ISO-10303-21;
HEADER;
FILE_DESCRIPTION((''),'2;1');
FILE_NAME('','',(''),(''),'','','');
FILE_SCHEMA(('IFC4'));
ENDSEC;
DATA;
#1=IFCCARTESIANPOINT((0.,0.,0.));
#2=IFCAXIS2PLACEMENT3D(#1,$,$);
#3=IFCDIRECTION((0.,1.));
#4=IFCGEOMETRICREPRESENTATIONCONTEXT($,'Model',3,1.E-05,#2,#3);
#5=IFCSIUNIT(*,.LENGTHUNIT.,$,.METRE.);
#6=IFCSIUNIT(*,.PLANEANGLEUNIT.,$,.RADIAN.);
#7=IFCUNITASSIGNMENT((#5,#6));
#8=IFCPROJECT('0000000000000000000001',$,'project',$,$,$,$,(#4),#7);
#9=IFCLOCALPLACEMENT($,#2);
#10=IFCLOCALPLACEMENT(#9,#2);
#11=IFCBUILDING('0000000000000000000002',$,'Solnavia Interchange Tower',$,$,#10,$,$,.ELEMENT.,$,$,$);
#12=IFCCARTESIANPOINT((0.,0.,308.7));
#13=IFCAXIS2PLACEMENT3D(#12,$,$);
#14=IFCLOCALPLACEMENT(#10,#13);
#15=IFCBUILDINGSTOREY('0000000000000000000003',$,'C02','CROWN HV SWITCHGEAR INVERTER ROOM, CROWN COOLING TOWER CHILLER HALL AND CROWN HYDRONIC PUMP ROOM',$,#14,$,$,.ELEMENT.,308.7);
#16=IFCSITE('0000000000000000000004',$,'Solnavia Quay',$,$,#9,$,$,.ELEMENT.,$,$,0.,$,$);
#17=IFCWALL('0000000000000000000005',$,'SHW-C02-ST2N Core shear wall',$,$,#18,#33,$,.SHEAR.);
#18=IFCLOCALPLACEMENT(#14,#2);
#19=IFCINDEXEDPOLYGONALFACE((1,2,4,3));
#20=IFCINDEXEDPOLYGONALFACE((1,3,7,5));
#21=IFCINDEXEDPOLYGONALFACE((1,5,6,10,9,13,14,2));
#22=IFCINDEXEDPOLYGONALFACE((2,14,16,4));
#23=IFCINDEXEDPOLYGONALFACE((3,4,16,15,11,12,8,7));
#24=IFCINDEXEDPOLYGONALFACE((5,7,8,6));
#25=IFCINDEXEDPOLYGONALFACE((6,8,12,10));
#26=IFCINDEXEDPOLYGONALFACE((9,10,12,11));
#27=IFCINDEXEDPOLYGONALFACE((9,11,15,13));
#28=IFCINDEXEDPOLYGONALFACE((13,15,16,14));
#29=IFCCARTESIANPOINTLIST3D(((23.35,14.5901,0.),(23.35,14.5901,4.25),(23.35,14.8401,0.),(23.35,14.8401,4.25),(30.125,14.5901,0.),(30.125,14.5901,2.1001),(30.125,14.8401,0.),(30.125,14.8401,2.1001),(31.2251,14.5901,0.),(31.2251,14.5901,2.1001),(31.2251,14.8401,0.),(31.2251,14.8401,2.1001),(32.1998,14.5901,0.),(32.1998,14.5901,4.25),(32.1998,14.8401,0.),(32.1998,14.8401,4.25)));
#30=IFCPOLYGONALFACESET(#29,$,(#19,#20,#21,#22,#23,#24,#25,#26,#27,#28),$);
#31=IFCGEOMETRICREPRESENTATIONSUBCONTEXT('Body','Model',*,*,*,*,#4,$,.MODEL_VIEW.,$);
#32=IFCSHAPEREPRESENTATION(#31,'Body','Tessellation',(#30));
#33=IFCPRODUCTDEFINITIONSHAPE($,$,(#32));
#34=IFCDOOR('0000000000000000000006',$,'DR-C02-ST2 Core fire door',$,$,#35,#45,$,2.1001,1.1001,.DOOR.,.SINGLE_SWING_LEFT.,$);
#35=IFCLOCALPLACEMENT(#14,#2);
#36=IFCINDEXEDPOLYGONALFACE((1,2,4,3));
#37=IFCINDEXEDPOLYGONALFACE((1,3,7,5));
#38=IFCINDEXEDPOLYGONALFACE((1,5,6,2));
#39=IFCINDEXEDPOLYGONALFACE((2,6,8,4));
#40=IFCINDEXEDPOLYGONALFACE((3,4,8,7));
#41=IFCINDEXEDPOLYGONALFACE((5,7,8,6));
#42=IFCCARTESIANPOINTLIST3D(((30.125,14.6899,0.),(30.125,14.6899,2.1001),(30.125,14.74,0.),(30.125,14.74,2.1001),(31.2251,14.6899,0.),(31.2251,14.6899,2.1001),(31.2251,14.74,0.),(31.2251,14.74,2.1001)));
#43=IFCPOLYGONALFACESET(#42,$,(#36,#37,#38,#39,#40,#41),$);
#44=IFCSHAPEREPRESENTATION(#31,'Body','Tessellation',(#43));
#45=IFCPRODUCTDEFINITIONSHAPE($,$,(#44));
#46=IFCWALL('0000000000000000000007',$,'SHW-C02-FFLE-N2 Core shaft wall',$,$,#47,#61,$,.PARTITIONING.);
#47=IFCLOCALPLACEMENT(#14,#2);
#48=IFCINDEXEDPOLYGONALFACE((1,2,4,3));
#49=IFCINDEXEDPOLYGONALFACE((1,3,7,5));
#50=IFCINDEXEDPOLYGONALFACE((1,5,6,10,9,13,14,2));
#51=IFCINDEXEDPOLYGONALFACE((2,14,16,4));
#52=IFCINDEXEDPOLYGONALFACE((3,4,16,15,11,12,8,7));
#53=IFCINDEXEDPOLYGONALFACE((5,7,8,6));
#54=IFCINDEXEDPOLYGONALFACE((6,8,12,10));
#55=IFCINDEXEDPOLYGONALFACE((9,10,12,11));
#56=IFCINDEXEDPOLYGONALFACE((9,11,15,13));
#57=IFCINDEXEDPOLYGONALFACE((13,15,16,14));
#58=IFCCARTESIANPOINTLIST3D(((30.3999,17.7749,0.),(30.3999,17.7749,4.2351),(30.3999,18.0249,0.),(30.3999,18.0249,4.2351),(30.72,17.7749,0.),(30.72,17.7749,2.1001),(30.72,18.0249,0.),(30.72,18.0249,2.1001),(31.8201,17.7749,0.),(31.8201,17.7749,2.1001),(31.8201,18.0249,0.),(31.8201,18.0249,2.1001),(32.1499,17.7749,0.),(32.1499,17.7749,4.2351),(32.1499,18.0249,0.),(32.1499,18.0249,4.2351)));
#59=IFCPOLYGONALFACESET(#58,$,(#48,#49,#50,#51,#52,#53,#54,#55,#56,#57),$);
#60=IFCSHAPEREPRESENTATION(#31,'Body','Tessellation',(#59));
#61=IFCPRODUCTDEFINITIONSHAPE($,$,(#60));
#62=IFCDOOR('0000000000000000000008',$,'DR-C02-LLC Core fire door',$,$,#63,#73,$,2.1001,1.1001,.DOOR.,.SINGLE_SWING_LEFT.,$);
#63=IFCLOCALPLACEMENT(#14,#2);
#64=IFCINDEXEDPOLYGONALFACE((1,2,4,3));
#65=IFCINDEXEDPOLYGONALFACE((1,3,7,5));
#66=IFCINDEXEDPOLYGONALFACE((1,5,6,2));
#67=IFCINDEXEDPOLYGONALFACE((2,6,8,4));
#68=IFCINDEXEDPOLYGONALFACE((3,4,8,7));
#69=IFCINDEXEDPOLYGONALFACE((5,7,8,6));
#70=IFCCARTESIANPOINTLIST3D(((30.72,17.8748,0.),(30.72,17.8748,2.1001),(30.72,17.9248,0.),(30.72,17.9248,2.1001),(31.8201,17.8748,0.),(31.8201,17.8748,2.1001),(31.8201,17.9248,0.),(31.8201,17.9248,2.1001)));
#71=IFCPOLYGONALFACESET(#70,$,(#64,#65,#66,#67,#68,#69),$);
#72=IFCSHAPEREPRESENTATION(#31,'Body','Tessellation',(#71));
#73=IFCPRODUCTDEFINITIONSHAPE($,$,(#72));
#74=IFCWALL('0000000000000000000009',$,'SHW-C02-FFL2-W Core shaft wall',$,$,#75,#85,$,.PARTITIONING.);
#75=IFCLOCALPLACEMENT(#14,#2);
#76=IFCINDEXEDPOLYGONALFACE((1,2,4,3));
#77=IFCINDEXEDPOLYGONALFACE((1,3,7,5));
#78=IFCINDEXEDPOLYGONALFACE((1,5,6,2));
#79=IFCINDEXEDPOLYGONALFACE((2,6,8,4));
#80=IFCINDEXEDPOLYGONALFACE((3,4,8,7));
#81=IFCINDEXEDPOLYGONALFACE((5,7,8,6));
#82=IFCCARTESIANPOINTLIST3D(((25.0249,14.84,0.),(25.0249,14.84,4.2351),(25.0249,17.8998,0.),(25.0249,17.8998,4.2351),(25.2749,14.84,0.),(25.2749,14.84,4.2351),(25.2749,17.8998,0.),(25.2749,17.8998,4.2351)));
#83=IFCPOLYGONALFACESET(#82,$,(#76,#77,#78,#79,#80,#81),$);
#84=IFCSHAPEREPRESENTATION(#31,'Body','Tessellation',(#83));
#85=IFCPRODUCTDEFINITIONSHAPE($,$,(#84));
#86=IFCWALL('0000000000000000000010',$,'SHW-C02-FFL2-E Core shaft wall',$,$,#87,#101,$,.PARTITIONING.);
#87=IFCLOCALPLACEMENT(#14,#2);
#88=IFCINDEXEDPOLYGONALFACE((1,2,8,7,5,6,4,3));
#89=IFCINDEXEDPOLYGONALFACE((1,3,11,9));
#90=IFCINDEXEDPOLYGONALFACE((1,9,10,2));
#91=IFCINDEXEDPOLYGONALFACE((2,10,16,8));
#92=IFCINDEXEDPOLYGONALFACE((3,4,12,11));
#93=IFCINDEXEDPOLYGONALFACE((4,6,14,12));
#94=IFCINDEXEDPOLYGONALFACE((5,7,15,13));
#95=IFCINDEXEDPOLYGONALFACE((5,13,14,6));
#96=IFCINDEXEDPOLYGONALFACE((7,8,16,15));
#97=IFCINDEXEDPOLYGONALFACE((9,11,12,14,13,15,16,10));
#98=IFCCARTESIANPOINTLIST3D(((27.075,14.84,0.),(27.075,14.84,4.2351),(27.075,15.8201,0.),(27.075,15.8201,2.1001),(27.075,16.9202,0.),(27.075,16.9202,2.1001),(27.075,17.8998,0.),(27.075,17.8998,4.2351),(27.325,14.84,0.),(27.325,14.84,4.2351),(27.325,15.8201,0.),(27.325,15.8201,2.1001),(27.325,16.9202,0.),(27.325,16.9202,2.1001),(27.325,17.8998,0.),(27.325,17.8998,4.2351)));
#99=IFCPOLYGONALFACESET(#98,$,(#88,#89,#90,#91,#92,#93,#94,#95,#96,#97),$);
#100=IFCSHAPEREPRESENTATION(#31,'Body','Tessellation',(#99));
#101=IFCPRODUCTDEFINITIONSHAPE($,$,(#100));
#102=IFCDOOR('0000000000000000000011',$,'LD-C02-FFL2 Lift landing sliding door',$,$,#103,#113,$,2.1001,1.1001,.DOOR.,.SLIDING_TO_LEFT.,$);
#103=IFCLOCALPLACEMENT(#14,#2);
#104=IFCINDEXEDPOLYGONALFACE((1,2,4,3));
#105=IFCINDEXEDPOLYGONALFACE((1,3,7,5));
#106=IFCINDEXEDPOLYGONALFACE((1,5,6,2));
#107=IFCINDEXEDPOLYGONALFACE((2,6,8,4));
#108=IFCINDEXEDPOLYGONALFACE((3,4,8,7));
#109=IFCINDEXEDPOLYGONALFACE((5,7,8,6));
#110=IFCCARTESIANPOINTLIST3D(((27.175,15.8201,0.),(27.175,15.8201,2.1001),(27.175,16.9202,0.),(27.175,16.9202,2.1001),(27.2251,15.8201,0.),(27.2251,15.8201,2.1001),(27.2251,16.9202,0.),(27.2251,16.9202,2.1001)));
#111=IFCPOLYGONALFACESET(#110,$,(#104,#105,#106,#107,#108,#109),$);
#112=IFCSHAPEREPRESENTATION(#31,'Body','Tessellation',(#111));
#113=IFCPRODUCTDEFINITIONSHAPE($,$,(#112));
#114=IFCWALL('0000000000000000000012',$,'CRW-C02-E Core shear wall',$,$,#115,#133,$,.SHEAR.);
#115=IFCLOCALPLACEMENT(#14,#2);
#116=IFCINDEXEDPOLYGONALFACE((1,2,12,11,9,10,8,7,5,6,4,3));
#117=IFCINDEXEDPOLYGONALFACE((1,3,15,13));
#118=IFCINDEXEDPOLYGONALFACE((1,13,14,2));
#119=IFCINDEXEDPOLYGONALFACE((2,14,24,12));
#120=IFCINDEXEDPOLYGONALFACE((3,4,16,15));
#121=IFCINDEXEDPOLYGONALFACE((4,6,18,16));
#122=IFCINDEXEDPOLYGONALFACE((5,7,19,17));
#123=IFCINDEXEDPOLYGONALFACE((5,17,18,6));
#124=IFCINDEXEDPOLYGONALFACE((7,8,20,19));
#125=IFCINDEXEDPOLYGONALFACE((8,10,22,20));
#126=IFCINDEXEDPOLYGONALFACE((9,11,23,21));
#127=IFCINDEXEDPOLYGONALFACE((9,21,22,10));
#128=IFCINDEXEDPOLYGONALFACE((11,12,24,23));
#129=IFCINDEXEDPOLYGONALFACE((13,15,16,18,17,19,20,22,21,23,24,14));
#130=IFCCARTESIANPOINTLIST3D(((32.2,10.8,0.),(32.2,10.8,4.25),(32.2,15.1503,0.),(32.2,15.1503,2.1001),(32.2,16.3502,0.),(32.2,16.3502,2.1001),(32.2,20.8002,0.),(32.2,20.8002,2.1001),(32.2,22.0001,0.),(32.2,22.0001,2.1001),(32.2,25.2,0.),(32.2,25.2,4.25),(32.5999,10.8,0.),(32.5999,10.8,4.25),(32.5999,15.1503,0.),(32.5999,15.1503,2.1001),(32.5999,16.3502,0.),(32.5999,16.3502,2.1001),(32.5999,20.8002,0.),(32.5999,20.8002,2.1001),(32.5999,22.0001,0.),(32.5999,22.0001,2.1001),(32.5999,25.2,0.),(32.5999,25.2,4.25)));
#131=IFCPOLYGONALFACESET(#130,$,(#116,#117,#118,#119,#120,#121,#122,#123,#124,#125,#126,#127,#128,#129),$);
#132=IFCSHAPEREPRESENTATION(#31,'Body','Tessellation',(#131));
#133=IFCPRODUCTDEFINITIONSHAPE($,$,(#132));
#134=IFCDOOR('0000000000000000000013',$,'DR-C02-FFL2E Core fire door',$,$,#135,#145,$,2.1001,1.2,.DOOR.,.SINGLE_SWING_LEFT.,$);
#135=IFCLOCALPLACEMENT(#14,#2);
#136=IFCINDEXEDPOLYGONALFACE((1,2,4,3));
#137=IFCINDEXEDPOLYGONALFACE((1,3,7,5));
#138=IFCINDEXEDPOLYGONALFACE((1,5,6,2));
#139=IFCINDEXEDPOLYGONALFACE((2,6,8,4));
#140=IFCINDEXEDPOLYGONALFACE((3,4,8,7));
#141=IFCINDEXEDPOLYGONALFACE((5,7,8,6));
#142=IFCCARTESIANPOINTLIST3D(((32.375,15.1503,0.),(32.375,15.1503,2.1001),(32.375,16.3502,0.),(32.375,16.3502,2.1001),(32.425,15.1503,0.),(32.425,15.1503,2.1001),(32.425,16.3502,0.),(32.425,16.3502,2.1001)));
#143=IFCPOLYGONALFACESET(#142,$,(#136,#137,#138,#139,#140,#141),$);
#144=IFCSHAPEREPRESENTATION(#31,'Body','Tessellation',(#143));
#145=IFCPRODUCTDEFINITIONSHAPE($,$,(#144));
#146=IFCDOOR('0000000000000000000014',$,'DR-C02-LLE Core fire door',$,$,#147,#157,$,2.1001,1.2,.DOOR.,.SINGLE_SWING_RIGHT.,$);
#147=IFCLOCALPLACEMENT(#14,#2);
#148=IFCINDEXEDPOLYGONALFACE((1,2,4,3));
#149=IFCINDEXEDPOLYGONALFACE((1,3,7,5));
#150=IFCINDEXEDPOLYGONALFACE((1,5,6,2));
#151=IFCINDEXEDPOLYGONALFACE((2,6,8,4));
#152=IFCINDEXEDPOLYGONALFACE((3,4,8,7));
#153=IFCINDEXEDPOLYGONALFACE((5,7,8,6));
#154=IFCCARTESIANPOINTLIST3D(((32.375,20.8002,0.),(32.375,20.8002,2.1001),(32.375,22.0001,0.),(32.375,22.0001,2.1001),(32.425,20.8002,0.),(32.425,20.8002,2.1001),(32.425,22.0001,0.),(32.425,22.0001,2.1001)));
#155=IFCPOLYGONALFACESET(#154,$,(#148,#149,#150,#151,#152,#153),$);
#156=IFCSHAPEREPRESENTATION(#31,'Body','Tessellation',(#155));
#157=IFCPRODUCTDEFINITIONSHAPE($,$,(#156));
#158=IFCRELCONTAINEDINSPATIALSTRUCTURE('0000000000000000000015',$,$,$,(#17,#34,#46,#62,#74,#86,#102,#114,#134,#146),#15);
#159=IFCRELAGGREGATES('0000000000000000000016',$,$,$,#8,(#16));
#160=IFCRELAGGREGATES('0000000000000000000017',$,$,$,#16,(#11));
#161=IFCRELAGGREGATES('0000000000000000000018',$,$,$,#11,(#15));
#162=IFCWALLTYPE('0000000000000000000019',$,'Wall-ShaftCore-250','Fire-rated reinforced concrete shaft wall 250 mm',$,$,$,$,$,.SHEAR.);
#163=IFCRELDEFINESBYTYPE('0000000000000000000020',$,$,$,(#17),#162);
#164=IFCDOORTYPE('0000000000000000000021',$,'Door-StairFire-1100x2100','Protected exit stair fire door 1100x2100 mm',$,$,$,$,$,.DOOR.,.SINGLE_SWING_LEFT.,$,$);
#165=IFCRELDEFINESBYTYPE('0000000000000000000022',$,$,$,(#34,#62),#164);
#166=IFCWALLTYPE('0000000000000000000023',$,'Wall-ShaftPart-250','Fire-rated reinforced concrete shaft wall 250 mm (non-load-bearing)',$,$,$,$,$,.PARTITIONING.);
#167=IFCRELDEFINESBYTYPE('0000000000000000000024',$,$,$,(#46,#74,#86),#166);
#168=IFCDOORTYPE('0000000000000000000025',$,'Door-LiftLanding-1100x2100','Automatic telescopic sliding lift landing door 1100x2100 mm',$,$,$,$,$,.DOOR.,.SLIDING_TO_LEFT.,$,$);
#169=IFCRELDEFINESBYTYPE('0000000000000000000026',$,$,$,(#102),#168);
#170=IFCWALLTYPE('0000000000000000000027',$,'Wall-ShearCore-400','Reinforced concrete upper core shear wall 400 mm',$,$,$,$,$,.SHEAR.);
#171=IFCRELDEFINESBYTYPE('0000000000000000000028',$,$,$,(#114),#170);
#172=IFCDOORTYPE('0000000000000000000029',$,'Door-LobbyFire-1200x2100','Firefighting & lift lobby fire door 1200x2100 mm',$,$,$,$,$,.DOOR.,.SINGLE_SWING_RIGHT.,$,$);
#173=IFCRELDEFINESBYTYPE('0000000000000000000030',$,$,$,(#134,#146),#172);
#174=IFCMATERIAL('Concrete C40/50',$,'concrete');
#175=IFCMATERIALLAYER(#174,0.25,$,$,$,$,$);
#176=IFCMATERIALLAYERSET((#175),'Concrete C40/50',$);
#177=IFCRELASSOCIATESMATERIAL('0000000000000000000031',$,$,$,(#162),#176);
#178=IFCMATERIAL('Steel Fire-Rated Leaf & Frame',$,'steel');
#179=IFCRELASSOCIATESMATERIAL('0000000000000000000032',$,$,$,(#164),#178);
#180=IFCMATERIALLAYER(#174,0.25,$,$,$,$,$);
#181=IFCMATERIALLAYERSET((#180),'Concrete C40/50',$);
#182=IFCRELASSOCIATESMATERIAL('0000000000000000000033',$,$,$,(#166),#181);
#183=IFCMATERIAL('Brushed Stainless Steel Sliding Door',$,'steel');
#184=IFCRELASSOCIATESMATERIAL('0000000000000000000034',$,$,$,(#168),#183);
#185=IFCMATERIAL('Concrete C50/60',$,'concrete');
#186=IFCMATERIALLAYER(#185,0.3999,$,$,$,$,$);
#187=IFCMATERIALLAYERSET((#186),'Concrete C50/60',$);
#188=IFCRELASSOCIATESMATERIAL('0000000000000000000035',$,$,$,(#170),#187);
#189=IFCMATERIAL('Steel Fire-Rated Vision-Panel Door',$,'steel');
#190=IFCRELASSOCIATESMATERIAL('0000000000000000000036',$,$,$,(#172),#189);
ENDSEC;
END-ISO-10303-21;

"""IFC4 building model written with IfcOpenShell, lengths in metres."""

from ifc_helpers import new_model, si_unit, direction, frame, frame_2d, origin, place, context, subcontext, project, spatial, rectangle, extrude, material, layer, layer_set, type_object, element, fill, save


model = new_model("IFC4")

# Units and contexts
model_context = context("Model", 3, precision=1e-05, world=origin(), true_north=direction((0.0, 1.0)))
body_context = subcontext(model_context, "Body", "Model", "MODEL_VIEW")
ifc_project = project(units=[si_unit("LENGTHUNIT", "METRE"), si_unit("PLANEANGLEUNIT", "RADIAN")], contexts=[model_context])

# Site, building, storey
site_placement = place(None, origin())
site = spatial("IfcSite", under=ifc_project, at=site_placement, Name="Solnavia Quay", CompositionType="ELEMENT", RefElevation=0.0)
building_placement = place(site_placement, origin())
building = spatial("IfcBuilding", under=site, at=building_placement, Name="Solnavia Interchange Tower", CompositionType="ELEMENT")
storey_placement = place(building_placement, frame((0.0, 0.0, 308.7)))
storey = spatial("IfcBuildingStorey", under=building, at=storey_placement, Name="C02", Description="CROWN HV SWITCHGEAR INVERTER ROOM, CROWN COOLING TOWER CHILLER HALL AND CROWN HYDRONIC PUMP ROOM", CompositionType="ELEMENT", Elevation=308.7)

# Shared definitions
ifc_material_1 = material(Name="Concrete C40/50", Category="concrete")

# Shared definitions
ifc_layer_1 = layer(ifc_material_1, 0.25)
ifc_layer_set_1 = layer_set([ifc_layer_1], Name="Concrete C40/50")
wall_type_1 = type_object("IfcWallType", Name="Wall-ShaftCore-250", Description="Fire-rated reinforced concrete shaft wall 250 mm", PredefinedType="SHEAR", material=ifc_layer_set_1)

# Walls, openings, doors
wall_1_placement = place(storey_placement, frame((23.3501, 14.7151, 0.0), z_axis=(0.0, 0.0, 1.0), x_axis=(1.0, 0.0, 0.0)))
wall_1 = element("IfcWall", 1, at=wall_1_placement, inside=storey, type_object=wall_type_1, Name="SHW-C02-ST2N Core shear wall", PredefinedType="SHEAR", context=body_context, shape_type="SweptSolid", body=[
    extrude(rectangle(XDim=8.8499, YDim=0.25, at=frame_2d((4.4248, 0.0))), origin(), (0.0, 0.0, 1.0), 4.25),
])
opening_1_placement = place(wall_1_placement, frame((6.7749, 0.0, 0.0)))
opening_1 = element("IfcOpeningElement", 2, at=opening_1_placement, cuts=wall_1, PredefinedType="OPENING", context=body_context, shape_type="SweptSolid", body=[
    extrude(rectangle(XDim=1.1001, YDim=2.1001, at=frame_2d((0.55, 1.05))), frame((0.0, 0.135, 0.0), z_axis=(0.0, -1.0, 0.0), x_axis=(1.0, 0.0, 0.0)), (0.0, 0.0, 1.0), 0.27),
])
ifc_material_2 = material(Name="Steel Fire-Rated Leaf & Frame", Category="steel")
door_type_1 = type_object("IfcDoorType", Name="Door-StairFire-1100x2100", Description="Protected exit stair fire door 1100x2100 mm", OperationType="SINGLE_SWING_LEFT", PredefinedType="DOOR", material=ifc_material_2)
door_1_placement = place(opening_1_placement, origin())
door_1 = element("IfcDoor", 3, at=door_1_placement, inside=storey, type_object=door_type_1, Name="DR-C02-ST2 Core fire door", OperationType="SINGLE_SWING_LEFT", OverallHeight=2.1001, OverallWidth=1.1001, PredefinedType="DOOR", context=body_context, shape_type="SweptSolid", body=[
    extrude(rectangle(XDim=1.1001, YDim=2.1001, at=frame_2d((0.55, 1.05))), frame((0.0, 0.0249, 0.0), z_axis=(0.0, -1.0, 0.0), x_axis=(1.0, 0.0, 0.0)), (0.0, 0.0, 1.0), 0.05),
])
fill(opening_1, door_1)
ifc_layer_2 = layer(ifc_material_1, 0.25)
ifc_layer_set_2 = layer_set([ifc_layer_2], Name="Concrete C40/50")
wall_type_2 = type_object("IfcWallType", Name="Wall-ShaftPart-250", Description="Fire-rated reinforced concrete shaft wall 250 mm (non-load-bearing)", PredefinedType="PARTITIONING", material=ifc_layer_set_2)
wall_2_placement = place(storey_placement, frame((30.3999, 17.8999, 0.0), z_axis=(0.0, 0.0, 1.0), x_axis=(1.0, 0.0, 0.0)))
wall_2 = element("IfcWall", 4, at=wall_2_placement, inside=storey, type_object=wall_type_2, Name="SHW-C02-FFLE-N2 Core shaft wall", PredefinedType="PARTITIONING", context=body_context, shape_type="SweptSolid", body=[
    extrude(rectangle(XDim=1.75, YDim=0.25, at=frame_2d((0.875, 0.0))), origin(), (0.0, 0.0, 1.0), 4.2351),
])
opening_2_placement = place(wall_2_placement, frame((0.3201, 0.0, 0.0)))
opening_2 = element("IfcOpeningElement", 5, at=opening_2_placement, cuts=wall_2, PredefinedType="OPENING", context=body_context, shape_type="SweptSolid", body=[
    extrude(rectangle(XDim=1.1001, YDim=2.1001, at=frame_2d((0.55, 1.05))), frame((0.0, 0.135, 0.0), z_axis=(0.0, -1.0, 0.0), x_axis=(1.0, 0.0, 0.0)), (0.0, 0.0, 1.0), 0.27),
])
door_2_placement = place(opening_2_placement, origin())
door_2 = element("IfcDoor", 6, at=door_2_placement, inside=storey, type_object=door_type_1, Name="DR-C02-LLC Core fire door", OperationType="SINGLE_SWING_LEFT", OverallHeight=2.1001, OverallWidth=1.1001, PredefinedType="DOOR", context=body_context, shape_type="SweptSolid", body=[
    extrude(rectangle(XDim=1.1001, YDim=2.1001, at=frame_2d((0.55, 1.05))), frame((0.0, 0.0249, 0.0), z_axis=(0.0, -1.0, 0.0), x_axis=(1.0, 0.0, 0.0)), (0.0, 0.0, 1.0), 0.05),
])
fill(opening_2, door_2)

# Wall
wall_3_placement = place(storey_placement, frame((25.1499, 14.8401, 0.0), z_axis=(0.0, 0.0, 1.0), x_axis=(0.0, 1.0, 0.0)))
element("IfcWall", 7, at=wall_3_placement, inside=storey, type_object=wall_type_2, Name="SHW-C02-FFL2-W Core shaft wall", PredefinedType="PARTITIONING", context=body_context, shape_type="SweptSolid", body=[
    extrude(rectangle(XDim=3.0598, YDim=0.25, at=frame_2d((1.5298, 0.0))), origin(), (0.0, 0.0, 1.0), 4.2351),
])

# Wall, opening, door
wall_4_placement = place(storey_placement, frame((27.2, 14.8401, 0.0), z_axis=(0.0, 0.0, 1.0), x_axis=(0.0, 1.0, 0.0)))
wall_4 = element("IfcWall", 8, at=wall_4_placement, inside=storey, type_object=wall_type_2, Name="SHW-C02-FFL2-E Core shaft wall", PredefinedType="PARTITIONING", context=body_context, shape_type="SweptSolid", body=[
    extrude(rectangle(XDim=3.0598, YDim=0.25, at=frame_2d((1.5298, 0.0))), origin(), (0.0, 0.0, 1.0), 4.2351),
])
opening_3_placement = place(wall_4_placement, frame((0.98, 0.0, 0.0)))
opening_3 = element("IfcOpeningElement", 9, at=opening_3_placement, cuts=wall_4, PredefinedType="OPENING", context=body_context, shape_type="SweptSolid", body=[
    extrude(rectangle(XDim=1.1001, YDim=2.1001, at=frame_2d((0.55, 1.05))), frame((0.0, 0.135, 0.0), z_axis=(0.0, -1.0, 0.0), x_axis=(1.0, 0.0, 0.0)), (0.0, 0.0, 1.0), 0.27),
])
ifc_material_3 = material(Name="Brushed Stainless Steel Sliding Door", Category="steel")
door_type_2 = type_object("IfcDoorType", Name="Door-LiftLanding-1100x2100", Description="Automatic telescopic sliding lift landing door 1100x2100 mm", OperationType="SLIDING_TO_LEFT", PredefinedType="DOOR", material=ifc_material_3)
door_3_placement = place(opening_3_placement, origin())
door_3 = element("IfcDoor", 10, at=door_3_placement, inside=storey, type_object=door_type_2, Name="LD-C02-FFL2 Lift landing sliding door", OperationType="SLIDING_TO_LEFT", OverallHeight=2.1001, OverallWidth=1.1001, PredefinedType="DOOR", context=body_context, shape_type="SweptSolid", body=[
    extrude(rectangle(XDim=1.1001, YDim=2.1001, at=frame_2d((0.55, 1.05))), frame((0.0, 0.0249, 0.0), z_axis=(0.0, -1.0, 0.0), x_axis=(1.0, 0.0, 0.0)), (0.0, 0.0, 1.0), 0.05),
])
fill(opening_3, door_3)

# Wall, openings, doors
ifc_material_4 = material(Name="Concrete C50/60", Category="concrete")
ifc_layer_3 = layer(ifc_material_4, 0.3999)
ifc_layer_set_3 = layer_set([ifc_layer_3], Name="Concrete C50/60")
wall_type_3 = type_object("IfcWallType", Name="Wall-ShearCore-400", Description="Reinforced concrete upper core shear wall 400 mm", PredefinedType="SHEAR", material=ifc_layer_set_3)
wall_5_placement = place(storey_placement, frame((32.3999, 10.8, 0.0), z_axis=(0.0, 0.0, 1.0), x_axis=(0.0, 1.0, 0.0)))
wall_5 = element("IfcWall", 11, at=wall_5_placement, inside=storey, type_object=wall_type_3, Name="CRW-C02-E Core shear wall", PredefinedType="SHEAR", context=body_context, shape_type="SweptSolid", body=[
    extrude(rectangle(XDim=14.3999, YDim=0.3999, at=frame_2d((7.2, 0.0))), origin(), (0.0, 0.0, 1.0), 4.25),
])
opening_4_placement = place(wall_5_placement, frame((4.3501, 0.0, 0.0)))
opening_4 = element("IfcOpeningElement", 12, at=opening_4_placement, cuts=wall_5, PredefinedType="OPENING", context=body_context, shape_type="SweptSolid", body=[
    extrude(rectangle(XDim=1.2, YDim=2.1001, at=frame_2d((0.6001, 1.05))), frame((0.0, 0.21, 0.0), z_axis=(0.0, -1.0, 0.0), x_axis=(1.0, 0.0, 0.0)), (0.0, 0.0, 1.0), 0.4199),
])
opening_5_placement = place(wall_5_placement, frame((10.0, 0.0, 0.0)))
opening_5 = element("IfcOpeningElement", 13, at=opening_5_placement, cuts=wall_5, PredefinedType="OPENING", context=body_context, shape_type="SweptSolid", body=[
    extrude(rectangle(XDim=1.2, YDim=2.1001, at=frame_2d((0.6001, 1.05))), frame((0.0, 0.21, 0.0), z_axis=(0.0, -1.0, 0.0), x_axis=(1.0, 0.0, 0.0)), (0.0, 0.0, 1.0), 0.4199),
])
ifc_material_5 = material(Name="Steel Fire-Rated Vision-Panel Door", Category="steel")
door_type_3 = type_object("IfcDoorType", Name="Door-LobbyFire-1200x2100", Description="Firefighting & lift lobby fire door 1200x2100 mm", OperationType="SINGLE_SWING_RIGHT", PredefinedType="DOOR", material=ifc_material_5)
door_4_placement = place(opening_4_placement, origin())
door_4 = element("IfcDoor", 14, at=door_4_placement, inside=storey, type_object=door_type_3, Name="DR-C02-FFL2E Core fire door", OperationType="SINGLE_SWING_LEFT", OverallHeight=2.1001, OverallWidth=1.2, PredefinedType="DOOR", context=body_context, shape_type="SweptSolid", body=[
    extrude(rectangle(XDim=1.2, YDim=2.1001, at=frame_2d((0.6001, 1.05))), frame((0.0, 0.0249, 0.0), z_axis=(0.0, -1.0, 0.0), x_axis=(1.0, 0.0, 0.0)), (0.0, 0.0, 1.0), 0.05),
])
fill(opening_4, door_4)
door_5_placement = place(opening_5_placement, origin())
door_5 = element("IfcDoor", 15, at=door_5_placement, inside=storey, type_object=door_type_3, Name="DR-C02-LLE Core fire door", OperationType="SINGLE_SWING_RIGHT", OverallHeight=2.1001, OverallWidth=1.2, PredefinedType="DOOR", context=body_context, shape_type="SweptSolid", body=[
    extrude(rectangle(XDim=1.2, YDim=2.1001, at=frame_2d((0.6001, 1.05))), frame((0.0, 0.0249, 0.0), z_axis=(0.0, -1.0, 0.0), x_axis=(1.0, 0.0, 0.0)), (0.0, 0.0, 1.0), 0.05),
])
fill(opening_5, door_5)

save(model, "model.ifc")
